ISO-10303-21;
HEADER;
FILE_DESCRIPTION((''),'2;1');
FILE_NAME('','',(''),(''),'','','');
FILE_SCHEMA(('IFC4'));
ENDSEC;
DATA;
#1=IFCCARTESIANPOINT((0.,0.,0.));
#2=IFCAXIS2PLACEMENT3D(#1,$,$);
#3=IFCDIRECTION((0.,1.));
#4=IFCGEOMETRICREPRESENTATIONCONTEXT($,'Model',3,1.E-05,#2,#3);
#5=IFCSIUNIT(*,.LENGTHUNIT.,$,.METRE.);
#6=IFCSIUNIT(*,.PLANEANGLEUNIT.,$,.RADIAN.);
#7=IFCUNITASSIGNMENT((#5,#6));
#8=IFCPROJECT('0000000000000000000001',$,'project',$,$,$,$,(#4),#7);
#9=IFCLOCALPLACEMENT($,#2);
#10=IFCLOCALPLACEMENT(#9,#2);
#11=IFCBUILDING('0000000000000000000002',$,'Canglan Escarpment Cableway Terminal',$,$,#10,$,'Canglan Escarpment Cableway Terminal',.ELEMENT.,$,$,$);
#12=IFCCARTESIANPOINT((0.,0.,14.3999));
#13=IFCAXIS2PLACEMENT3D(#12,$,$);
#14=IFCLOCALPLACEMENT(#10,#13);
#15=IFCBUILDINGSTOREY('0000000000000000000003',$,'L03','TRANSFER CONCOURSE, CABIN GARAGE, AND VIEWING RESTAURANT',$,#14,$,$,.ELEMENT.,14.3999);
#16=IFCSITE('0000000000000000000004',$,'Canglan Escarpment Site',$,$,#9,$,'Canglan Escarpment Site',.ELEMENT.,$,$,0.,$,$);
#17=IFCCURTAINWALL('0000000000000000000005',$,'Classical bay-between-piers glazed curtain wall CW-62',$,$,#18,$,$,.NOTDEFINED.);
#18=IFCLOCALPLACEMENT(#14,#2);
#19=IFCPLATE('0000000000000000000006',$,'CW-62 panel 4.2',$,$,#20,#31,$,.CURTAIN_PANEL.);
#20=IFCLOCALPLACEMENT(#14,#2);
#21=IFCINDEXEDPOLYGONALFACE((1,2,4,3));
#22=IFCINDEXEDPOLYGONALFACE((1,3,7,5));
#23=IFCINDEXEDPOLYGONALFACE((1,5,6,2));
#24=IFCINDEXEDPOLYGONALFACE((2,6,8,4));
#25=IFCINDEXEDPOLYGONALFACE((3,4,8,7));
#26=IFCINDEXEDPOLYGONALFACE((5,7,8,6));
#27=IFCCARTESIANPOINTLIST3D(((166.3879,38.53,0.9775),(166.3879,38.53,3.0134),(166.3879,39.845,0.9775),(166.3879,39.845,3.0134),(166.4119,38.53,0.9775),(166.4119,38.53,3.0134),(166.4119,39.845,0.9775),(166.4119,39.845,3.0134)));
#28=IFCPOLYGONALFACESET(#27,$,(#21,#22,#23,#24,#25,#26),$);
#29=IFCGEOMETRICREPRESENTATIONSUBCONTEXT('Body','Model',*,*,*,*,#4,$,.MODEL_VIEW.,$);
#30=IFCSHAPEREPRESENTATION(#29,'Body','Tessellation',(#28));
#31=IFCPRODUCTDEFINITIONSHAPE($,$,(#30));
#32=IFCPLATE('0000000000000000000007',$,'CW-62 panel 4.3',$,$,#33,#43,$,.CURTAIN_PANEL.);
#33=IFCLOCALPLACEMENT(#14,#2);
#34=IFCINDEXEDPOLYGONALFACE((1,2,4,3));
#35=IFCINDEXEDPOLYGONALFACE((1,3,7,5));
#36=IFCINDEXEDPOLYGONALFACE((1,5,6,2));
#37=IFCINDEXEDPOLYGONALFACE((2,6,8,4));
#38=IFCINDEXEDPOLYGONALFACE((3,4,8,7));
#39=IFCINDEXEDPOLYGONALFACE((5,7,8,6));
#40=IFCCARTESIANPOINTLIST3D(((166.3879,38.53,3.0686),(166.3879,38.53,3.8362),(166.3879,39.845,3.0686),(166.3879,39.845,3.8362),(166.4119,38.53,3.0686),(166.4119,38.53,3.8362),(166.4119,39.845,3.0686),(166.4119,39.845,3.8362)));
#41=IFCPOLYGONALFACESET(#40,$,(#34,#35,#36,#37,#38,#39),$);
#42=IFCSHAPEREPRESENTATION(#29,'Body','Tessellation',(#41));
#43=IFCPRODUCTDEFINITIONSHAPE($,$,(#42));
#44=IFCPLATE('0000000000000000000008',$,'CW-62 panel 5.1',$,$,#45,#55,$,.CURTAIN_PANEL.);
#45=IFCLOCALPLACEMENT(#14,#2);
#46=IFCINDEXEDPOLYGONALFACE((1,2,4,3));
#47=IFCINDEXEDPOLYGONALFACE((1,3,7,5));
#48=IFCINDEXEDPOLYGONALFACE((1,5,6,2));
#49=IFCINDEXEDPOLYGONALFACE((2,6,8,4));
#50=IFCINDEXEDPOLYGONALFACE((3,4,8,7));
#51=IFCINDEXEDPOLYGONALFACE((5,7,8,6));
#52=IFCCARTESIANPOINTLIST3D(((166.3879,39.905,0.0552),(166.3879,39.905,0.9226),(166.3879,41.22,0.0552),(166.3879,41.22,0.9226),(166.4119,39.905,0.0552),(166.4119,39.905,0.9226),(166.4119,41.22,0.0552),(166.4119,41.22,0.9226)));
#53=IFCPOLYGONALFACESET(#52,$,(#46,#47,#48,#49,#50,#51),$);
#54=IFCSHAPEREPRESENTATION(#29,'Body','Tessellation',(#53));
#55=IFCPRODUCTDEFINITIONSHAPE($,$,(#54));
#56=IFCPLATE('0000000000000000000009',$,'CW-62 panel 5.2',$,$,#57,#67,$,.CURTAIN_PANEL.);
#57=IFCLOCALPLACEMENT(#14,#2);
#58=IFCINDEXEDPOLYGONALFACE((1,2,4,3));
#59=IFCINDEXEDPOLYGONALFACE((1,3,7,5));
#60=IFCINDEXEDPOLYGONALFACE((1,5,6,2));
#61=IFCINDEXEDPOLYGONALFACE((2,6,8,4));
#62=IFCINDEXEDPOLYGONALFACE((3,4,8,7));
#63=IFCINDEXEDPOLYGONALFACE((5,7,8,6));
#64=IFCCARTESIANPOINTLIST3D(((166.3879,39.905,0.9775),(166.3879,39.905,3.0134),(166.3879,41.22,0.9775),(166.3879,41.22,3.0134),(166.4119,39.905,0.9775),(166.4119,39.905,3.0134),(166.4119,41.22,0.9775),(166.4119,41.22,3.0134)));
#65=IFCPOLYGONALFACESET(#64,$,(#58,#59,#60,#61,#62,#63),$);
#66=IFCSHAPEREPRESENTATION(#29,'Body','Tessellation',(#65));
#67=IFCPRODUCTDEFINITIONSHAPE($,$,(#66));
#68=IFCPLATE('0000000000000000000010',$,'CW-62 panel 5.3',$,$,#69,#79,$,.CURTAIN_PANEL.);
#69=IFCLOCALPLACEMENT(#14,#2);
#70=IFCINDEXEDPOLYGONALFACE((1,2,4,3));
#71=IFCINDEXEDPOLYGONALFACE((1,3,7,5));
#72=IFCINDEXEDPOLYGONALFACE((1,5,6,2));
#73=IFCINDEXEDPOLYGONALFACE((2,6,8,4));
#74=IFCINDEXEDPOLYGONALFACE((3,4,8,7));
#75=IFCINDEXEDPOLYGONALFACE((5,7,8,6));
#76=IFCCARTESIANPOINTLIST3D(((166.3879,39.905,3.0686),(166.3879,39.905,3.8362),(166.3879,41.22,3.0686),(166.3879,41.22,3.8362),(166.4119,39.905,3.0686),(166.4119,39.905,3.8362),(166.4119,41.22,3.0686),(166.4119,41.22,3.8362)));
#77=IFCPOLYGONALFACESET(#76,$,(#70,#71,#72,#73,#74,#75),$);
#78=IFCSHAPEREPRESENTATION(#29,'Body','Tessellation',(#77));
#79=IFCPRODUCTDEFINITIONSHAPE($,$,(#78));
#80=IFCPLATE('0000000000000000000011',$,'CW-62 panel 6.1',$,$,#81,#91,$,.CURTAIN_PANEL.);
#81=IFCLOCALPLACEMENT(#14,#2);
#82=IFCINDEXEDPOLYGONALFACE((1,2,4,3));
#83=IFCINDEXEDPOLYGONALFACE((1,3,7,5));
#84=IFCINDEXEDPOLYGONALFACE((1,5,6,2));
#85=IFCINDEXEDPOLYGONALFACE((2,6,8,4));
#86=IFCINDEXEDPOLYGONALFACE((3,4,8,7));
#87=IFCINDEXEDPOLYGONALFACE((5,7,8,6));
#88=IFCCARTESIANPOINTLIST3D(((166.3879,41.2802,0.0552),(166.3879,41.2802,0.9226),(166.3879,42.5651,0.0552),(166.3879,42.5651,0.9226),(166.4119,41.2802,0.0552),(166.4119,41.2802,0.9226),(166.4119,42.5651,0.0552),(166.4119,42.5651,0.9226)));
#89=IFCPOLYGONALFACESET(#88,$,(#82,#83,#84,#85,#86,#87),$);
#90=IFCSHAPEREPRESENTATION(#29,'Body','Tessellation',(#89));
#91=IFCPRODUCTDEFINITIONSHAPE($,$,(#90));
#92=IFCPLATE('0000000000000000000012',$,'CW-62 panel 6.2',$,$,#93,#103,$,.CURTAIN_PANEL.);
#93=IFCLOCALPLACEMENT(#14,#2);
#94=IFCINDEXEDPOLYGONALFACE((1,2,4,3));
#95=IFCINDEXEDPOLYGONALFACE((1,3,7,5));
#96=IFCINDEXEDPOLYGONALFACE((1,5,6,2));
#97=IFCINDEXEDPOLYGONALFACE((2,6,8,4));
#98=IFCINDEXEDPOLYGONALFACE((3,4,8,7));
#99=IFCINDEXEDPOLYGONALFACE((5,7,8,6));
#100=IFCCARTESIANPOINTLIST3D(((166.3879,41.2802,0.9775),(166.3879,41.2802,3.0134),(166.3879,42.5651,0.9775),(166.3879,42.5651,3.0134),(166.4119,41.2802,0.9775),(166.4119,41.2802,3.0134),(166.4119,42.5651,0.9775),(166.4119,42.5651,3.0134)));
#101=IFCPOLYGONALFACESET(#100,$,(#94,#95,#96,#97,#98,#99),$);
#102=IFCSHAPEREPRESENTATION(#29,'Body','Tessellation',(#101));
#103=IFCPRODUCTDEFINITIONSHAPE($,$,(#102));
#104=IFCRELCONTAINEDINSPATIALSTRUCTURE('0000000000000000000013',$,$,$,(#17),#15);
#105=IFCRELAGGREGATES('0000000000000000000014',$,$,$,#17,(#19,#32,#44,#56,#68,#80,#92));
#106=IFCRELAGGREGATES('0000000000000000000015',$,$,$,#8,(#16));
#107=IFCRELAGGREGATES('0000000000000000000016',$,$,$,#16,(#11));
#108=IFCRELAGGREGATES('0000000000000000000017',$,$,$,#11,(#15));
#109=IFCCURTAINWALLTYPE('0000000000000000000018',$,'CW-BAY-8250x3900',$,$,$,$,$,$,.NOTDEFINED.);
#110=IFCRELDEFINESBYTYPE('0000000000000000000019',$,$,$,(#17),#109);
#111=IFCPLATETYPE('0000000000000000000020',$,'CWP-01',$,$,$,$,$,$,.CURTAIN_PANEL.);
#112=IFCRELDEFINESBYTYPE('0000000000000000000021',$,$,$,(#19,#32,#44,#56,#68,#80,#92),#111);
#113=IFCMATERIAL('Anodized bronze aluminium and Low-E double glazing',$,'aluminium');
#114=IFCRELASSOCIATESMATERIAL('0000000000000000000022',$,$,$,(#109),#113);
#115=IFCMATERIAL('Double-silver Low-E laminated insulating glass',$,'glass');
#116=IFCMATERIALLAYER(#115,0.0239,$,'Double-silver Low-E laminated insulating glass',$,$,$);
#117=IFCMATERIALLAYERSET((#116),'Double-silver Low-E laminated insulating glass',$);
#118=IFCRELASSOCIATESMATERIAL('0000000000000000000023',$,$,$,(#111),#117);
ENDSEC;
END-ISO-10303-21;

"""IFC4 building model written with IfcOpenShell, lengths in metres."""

from ifc_helpers import new_model, si_unit, direction, frame, origin, origin_2d, place, context, subcontext, project, spatial, rectangle, extrude, material, layer, layer_set, type_object, element, aggregate, save


model = new_model("IFC4")

# Units and contexts
model_context = context("Model", 3, precision=1e-05, world=origin(), true_north=direction((0.0, 1.0)))
body_context = subcontext(model_context, "Body", "Model", "MODEL_VIEW")
ifc_project = project(units=[si_unit("LENGTHUNIT", "METRE"), si_unit("PLANEANGLEUNIT", "RADIAN")], contexts=[model_context])

# Site, building, storey
site_placement = place(None, origin())
site = spatial("IfcSite", under=ifc_project, at=site_placement, Name="Canglan Escarpment Site", LongName="Canglan Escarpment Site", CompositionType="ELEMENT", RefElevation=0.0)
building_placement = place(site_placement, origin())
building = spatial("IfcBuilding", under=site, at=building_placement, Name="Canglan Escarpment Cableway Terminal", LongName="Canglan Escarpment Cableway Terminal", CompositionType="ELEMENT")
storey_placement = place(building_placement, frame((0.0, 0.0, 14.3999)))
storey = spatial("IfcBuildingStorey", under=building, at=storey_placement, Name="L03", Description="TRANSFER CONCOURSE, CABIN GARAGE, AND VIEWING RESTAURANT", CompositionType="ELEMENT", Elevation=14.3999)

# Curtain wall, plates
ifc_material_1 = material(Name="Anodized bronze aluminium and Low-E double glazing", Category="aluminium")
curtain_wall_type = type_object("IfcCurtainWallType", Name="CW-BAY-8250x3900", PredefinedType="NOTDEFINED", material=ifc_material_1)
curtain_wall_placement = place(storey_placement, origin())
curtain_wall = element("IfcCurtainWall", 1, at=curtain_wall_placement, inside=storey, type_object=curtain_wall_type, Name="Classical bay-between-piers glazed curtain wall CW-62", PredefinedType="NOTDEFINED")
ifc_material_2 = material(Name="Double-silver Low-E laminated insulating glass", Category="glass")
ifc_layer = layer(ifc_material_2, 0.0239, Name="Double-silver Low-E laminated insulating glass")
ifc_layer_set = layer_set([ifc_layer], Name="Double-silver Low-E laminated insulating glass")
plate_type = type_object("IfcPlateType", Name="CWP-01", PredefinedType="CURTAIN_PANEL", material=ifc_layer_set)
plate_1_placement = place(storey_placement, frame((166.3999, 39.1875, 0.9775), z_axis=(0.0, 0.0, 1.0), x_axis=(0.0, 1.0, 0.0)))
plate_1 = element("IfcPlate", 2, at=plate_1_placement, type_object=plate_type, Name="CW-62 panel 4.2", PredefinedType="CURTAIN_PANEL", context=body_context, shape_type="SweptSolid", body=[
    extrude(rectangle(XDim=1.3149, YDim=0.0239, at=origin_2d()), origin(), (0.0, 0.0, 1.0), 2.0359),
])
plate_2_placement = place(storey_placement, frame((166.3999, 39.1875, 3.0686), z_axis=(0.0, 0.0, 1.0), x_axis=(0.0, 1.0, 0.0)))
plate_2 = element("IfcPlate", 3, at=plate_2_placement, type_object=plate_type, Name="CW-62 panel 4.3", PredefinedType="CURTAIN_PANEL", context=body_context, shape_type="SweptSolid", body=[
    extrude(rectangle(XDim=1.3149, YDim=0.0239, at=origin_2d()), origin(), (0.0, 0.0, 1.0), 0.7676),
])
plate_3_placement = place(storey_placement, frame((166.3999, 40.5625, 0.0552), z_axis=(0.0, 0.0, 1.0), x_axis=(0.0, 1.0, 0.0)))
plate_3 = element("IfcPlate", 4, at=plate_3_placement, type_object=plate_type, Name="CW-62 panel 5.1", PredefinedType="CURTAIN_PANEL", context=body_context, shape_type="SweptSolid", body=[
    extrude(rectangle(XDim=1.3149, YDim=0.0239, at=origin_2d()), origin(), (0.0, 0.0, 1.0), 0.8674),
])
plate_4_placement = place(storey_placement, frame((166.3999, 40.5625, 0.9775), z_axis=(0.0, 0.0, 1.0), x_axis=(0.0, 1.0, 0.0)))
plate_4 = element("IfcPlate", 5, at=plate_4_placement, type_object=plate_type, Name="CW-62 panel 5.2", PredefinedType="CURTAIN_PANEL", context=body_context, shape_type="SweptSolid", body=[
    extrude(rectangle(XDim=1.3149, YDim=0.0239, at=origin_2d()), origin(), (0.0, 0.0, 1.0), 2.0359),
])
plate_5_placement = place(storey_placement, frame((166.3999, 40.5625, 3.0686), z_axis=(0.0, 0.0, 1.0), x_axis=(0.0, 1.0, 0.0)))
plate_5 = element("IfcPlate", 6, at=plate_5_placement, type_object=plate_type, Name="CW-62 panel 5.3", PredefinedType="CURTAIN_PANEL", context=body_context, shape_type="SweptSolid", body=[
    extrude(rectangle(XDim=1.3149, YDim=0.0239, at=origin_2d()), origin(), (0.0, 0.0, 1.0), 0.7676),
])
plate_6_placement = place(storey_placement, frame((166.3999, 41.9226, 0.0552), z_axis=(0.0, 0.0, 1.0), x_axis=(0.0, 1.0, 0.0)))
plate_6 = element("IfcPlate", 7, at=plate_6_placement, type_object=plate_type, Name="CW-62 panel 6.1", PredefinedType="CURTAIN_PANEL", context=body_context, shape_type="SweptSolid", body=[
    extrude(rectangle(XDim=1.2849, YDim=0.0239, at=origin_2d()), origin(), (0.0, 0.0, 1.0), 0.8674),
])
plate_7_placement = place(storey_placement, frame((166.3999, 41.9226, 0.9775), z_axis=(0.0, 0.0, 1.0), x_axis=(0.0, 1.0, 0.0)))
plate_7 = element("IfcPlate", 8, at=plate_7_placement, type_object=plate_type, Name="CW-62 panel 6.2", PredefinedType="CURTAIN_PANEL", context=body_context, shape_type="SweptSolid", body=[
    extrude(rectangle(XDim=1.2849, YDim=0.0239, at=origin_2d()), origin(), (0.0, 0.0, 1.0), 2.0359),
])
aggregate(curtain_wall, [plate_1, plate_2, plate_3, plate_4, plate_5, plate_6, plate_7])

save(model, "model.ifc")
